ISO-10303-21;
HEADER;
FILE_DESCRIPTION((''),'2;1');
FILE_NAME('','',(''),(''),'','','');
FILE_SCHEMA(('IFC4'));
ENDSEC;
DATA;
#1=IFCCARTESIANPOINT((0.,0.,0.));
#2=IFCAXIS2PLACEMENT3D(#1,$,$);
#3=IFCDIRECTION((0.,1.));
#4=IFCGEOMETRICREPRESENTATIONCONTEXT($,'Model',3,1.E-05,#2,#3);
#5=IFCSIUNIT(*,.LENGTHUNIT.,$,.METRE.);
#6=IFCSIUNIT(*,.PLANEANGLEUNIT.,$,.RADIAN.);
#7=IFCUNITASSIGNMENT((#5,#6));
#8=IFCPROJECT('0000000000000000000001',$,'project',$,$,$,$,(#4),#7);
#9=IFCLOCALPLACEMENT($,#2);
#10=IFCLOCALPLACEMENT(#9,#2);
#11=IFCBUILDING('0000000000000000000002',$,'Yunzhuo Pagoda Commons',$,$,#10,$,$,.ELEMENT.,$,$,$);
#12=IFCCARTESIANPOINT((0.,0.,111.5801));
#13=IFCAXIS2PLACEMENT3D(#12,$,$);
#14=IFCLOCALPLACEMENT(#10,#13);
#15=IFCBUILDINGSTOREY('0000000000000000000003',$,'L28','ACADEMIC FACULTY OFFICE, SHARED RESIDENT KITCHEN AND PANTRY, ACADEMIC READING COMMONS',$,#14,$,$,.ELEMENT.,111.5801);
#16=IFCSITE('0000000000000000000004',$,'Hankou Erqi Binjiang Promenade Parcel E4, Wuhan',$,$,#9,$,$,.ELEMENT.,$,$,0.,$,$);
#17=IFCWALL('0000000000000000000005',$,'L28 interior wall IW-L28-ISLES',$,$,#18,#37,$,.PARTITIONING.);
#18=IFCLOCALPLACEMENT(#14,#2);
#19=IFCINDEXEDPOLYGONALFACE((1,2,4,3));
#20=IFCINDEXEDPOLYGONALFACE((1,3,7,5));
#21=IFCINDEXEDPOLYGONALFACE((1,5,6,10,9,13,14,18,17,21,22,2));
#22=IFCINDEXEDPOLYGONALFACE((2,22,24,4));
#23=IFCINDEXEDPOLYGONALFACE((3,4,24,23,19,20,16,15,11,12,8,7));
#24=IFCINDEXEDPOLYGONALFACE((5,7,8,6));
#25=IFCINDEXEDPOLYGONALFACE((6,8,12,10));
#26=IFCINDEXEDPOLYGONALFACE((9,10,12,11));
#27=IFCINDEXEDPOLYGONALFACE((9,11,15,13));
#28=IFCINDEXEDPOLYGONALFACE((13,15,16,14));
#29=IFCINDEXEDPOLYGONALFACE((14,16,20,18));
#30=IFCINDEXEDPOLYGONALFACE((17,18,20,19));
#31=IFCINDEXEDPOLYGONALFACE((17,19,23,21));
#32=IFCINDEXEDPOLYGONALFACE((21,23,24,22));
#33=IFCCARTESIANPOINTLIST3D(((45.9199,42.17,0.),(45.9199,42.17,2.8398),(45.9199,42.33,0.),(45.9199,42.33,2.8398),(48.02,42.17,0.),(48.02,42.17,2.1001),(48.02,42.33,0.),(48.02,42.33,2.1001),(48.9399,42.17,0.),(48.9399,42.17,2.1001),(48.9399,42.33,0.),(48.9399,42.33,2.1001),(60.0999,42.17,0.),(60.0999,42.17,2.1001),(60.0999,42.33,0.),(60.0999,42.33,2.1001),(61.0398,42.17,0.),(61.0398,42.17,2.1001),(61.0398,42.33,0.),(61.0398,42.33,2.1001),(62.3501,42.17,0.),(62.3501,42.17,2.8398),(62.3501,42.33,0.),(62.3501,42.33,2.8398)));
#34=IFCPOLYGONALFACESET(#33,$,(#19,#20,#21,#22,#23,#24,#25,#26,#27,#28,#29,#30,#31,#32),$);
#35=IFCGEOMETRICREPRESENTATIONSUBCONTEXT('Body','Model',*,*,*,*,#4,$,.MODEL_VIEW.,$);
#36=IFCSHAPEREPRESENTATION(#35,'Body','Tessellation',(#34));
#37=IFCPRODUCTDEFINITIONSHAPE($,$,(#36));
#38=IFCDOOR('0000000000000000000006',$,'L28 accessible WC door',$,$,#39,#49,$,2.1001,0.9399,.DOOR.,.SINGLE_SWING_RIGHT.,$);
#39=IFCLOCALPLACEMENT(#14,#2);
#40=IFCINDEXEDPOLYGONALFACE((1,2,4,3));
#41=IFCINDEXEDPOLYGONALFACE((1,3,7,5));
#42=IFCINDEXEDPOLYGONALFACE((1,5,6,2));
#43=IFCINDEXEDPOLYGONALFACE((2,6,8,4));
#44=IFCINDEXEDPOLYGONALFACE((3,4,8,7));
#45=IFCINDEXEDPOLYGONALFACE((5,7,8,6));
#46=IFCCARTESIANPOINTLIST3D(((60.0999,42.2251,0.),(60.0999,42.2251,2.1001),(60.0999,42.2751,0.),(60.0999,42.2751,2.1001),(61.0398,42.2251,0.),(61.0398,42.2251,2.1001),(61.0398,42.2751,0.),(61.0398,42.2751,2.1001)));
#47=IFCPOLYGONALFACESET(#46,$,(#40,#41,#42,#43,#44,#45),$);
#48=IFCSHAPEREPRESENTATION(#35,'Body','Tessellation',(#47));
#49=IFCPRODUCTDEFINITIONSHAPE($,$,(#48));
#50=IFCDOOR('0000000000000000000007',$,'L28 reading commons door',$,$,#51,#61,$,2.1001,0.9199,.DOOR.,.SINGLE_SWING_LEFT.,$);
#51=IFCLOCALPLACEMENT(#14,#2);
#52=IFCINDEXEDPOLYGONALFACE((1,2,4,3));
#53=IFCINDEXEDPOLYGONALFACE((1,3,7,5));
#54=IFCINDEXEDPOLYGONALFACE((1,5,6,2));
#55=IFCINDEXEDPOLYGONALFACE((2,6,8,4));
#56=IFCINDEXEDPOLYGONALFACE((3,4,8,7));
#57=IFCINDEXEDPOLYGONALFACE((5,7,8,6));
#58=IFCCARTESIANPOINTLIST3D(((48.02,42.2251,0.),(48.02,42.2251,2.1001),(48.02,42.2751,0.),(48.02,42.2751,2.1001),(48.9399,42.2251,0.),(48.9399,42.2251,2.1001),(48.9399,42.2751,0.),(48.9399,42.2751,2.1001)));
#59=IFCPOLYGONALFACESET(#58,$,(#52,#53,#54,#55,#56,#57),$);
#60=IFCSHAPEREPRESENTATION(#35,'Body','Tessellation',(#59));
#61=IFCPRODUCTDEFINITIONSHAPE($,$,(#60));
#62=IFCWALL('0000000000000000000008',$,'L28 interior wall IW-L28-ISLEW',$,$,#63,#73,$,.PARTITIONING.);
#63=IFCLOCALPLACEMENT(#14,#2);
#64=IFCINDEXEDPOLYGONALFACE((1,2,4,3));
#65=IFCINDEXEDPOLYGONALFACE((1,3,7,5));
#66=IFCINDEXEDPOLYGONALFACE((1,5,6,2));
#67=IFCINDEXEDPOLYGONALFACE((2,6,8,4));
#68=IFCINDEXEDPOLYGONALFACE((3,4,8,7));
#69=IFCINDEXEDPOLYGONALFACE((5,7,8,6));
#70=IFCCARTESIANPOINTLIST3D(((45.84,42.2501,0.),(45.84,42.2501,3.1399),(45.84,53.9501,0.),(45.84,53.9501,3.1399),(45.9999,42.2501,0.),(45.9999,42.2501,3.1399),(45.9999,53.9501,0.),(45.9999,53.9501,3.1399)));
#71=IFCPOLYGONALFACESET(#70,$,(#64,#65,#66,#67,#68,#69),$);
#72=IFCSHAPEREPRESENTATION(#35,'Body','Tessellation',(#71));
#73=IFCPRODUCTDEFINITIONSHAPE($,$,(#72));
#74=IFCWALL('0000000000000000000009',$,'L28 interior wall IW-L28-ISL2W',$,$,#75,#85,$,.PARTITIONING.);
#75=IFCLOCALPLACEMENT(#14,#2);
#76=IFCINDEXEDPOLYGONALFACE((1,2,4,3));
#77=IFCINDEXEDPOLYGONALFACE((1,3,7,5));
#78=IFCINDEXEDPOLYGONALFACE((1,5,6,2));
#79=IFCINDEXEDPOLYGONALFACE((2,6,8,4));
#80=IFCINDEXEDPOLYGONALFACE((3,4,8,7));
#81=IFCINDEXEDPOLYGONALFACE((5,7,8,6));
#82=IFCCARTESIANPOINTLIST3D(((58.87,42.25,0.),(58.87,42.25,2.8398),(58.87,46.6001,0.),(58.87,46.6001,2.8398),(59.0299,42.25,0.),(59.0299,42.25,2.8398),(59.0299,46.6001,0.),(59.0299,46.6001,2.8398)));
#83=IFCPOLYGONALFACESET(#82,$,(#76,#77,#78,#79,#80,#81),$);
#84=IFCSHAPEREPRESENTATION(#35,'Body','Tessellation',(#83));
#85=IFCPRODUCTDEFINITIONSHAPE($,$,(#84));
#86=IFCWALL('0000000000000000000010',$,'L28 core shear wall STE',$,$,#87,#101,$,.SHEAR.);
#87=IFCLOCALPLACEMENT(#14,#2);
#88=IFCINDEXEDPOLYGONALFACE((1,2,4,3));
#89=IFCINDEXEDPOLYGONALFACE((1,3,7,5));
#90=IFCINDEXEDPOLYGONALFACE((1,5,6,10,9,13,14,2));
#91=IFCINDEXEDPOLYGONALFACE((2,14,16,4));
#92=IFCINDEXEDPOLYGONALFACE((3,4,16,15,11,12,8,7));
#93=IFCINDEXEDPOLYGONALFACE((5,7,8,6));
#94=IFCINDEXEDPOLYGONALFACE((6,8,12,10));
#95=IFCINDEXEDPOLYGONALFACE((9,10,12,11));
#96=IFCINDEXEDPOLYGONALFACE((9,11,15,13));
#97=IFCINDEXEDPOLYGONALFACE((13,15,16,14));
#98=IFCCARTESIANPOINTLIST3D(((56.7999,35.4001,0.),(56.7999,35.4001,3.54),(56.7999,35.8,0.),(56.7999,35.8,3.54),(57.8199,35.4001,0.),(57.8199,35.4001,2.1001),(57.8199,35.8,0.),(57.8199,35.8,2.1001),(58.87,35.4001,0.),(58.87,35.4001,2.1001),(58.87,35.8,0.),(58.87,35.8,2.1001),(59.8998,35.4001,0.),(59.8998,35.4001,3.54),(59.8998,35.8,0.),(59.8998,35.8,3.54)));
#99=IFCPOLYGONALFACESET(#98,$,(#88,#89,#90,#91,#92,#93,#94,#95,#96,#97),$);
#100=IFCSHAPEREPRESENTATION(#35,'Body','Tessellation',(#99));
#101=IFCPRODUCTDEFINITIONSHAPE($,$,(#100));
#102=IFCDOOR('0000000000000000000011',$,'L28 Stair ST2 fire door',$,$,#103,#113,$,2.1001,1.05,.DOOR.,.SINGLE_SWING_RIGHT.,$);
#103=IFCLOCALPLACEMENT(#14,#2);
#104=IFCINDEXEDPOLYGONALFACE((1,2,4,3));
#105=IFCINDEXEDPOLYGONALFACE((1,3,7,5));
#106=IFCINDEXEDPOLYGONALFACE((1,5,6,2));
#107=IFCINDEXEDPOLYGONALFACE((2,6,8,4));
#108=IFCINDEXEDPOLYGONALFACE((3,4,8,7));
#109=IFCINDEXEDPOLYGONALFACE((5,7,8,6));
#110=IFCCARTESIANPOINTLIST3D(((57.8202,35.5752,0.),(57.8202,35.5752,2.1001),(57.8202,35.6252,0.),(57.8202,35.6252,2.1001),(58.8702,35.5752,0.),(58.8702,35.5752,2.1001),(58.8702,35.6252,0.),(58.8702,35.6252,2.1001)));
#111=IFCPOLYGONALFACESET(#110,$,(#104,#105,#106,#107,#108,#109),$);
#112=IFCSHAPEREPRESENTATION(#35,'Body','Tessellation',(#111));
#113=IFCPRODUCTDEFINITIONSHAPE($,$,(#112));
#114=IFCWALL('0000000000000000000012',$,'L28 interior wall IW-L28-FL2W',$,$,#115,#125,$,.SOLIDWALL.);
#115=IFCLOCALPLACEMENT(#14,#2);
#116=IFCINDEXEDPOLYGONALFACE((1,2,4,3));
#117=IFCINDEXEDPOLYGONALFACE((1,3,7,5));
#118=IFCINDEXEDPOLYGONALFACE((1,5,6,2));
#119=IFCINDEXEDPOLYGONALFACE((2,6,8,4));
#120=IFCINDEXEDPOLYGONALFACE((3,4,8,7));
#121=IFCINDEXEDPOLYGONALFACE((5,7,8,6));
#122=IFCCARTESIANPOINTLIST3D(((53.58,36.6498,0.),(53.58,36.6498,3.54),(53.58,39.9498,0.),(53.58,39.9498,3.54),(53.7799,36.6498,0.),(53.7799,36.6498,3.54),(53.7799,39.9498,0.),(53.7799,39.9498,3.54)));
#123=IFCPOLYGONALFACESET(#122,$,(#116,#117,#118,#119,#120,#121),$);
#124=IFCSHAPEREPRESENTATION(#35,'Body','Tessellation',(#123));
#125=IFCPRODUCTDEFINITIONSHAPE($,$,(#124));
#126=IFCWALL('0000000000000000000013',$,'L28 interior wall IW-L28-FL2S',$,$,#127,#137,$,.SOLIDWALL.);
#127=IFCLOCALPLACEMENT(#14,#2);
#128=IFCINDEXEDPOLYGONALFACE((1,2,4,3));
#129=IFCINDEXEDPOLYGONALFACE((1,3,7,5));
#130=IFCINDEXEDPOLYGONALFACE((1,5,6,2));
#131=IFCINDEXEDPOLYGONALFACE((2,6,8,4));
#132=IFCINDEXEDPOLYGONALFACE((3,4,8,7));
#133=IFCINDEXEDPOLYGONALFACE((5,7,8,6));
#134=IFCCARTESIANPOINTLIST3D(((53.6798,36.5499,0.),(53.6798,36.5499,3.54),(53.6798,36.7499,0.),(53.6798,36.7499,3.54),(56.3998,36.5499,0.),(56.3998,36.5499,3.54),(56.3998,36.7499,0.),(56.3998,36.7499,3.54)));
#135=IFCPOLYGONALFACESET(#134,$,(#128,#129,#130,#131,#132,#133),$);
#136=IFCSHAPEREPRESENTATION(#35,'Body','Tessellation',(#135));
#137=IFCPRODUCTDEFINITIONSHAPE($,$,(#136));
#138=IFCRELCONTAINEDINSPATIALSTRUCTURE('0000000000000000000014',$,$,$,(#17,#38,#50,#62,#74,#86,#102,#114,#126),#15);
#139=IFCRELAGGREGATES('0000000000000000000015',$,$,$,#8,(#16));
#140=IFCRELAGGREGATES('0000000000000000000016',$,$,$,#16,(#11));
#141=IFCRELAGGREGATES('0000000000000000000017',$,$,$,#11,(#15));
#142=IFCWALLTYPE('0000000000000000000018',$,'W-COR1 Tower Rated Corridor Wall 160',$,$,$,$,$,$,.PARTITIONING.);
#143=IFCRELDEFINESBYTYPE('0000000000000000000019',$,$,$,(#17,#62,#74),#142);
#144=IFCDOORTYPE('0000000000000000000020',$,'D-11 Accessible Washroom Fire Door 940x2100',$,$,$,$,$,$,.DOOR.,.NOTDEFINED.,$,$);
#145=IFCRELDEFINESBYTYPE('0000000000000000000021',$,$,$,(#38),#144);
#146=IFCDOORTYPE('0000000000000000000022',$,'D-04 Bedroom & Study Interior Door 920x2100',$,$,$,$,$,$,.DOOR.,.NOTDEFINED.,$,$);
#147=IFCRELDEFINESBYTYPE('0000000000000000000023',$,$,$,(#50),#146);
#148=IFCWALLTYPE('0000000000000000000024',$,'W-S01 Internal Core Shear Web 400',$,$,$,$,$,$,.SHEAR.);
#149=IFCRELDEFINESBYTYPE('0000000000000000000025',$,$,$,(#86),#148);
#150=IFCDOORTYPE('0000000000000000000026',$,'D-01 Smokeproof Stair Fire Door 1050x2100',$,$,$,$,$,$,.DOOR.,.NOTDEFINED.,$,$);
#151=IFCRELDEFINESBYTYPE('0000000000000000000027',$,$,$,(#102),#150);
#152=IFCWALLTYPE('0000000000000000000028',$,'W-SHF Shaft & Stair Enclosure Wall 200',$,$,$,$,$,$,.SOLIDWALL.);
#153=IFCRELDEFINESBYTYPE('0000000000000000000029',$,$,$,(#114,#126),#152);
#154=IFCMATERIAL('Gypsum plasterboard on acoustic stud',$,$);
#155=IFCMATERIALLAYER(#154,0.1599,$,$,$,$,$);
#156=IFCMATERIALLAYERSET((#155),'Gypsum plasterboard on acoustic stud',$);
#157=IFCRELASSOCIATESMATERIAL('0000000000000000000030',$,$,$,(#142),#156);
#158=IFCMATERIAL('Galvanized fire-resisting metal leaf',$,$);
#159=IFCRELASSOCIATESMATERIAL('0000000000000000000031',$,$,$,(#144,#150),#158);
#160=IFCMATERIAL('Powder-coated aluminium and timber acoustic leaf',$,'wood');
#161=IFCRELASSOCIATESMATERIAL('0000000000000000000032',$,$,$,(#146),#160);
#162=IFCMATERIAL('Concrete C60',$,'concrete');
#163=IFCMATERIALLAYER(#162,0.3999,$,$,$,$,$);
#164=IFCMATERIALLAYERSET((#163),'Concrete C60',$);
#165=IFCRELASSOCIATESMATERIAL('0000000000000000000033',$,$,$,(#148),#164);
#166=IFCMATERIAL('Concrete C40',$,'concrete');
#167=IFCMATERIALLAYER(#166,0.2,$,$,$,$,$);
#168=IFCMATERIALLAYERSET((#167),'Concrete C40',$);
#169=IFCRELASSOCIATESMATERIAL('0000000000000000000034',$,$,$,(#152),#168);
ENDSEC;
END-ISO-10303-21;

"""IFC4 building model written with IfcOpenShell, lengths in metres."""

from ifc_helpers import new_model, si_unit, direction, frame, frame_2d, origin, place, context, subcontext, project, spatial, rectangle, extrude, source, transform, mapped, material, layer, layer_set, type_object, element, fill, save


model = new_model("IFC4")

# Units and contexts
model_context = context("Model", 3, precision=1e-05, world=origin(), true_north=direction((0.0, 1.0)))
body_context = subcontext(model_context, "Body", "Model", "MODEL_VIEW")
ifc_project = project(units=[si_unit("LENGTHUNIT", "METRE"), si_unit("PLANEANGLEUNIT", "RADIAN")], contexts=[model_context])

# Site, building, storey
site_placement = place(None, origin())
site = spatial("IfcSite", under=ifc_project, at=site_placement, Name="Hankou Erqi Binjiang Promenade Parcel E4, Wuhan", CompositionType="ELEMENT", RefElevation=0.0)
building_placement = place(site_placement, origin())
building = spatial("IfcBuilding", under=site, at=building_placement, Name="Yunzhuo Pagoda Commons", CompositionType="ELEMENT")
storey_placement = place(building_placement, frame((0.0, 0.0, 111.5801)))
storey = spatial("IfcBuildingStorey", under=building, at=storey_placement, Name="L28", Description="ACADEMIC FACULTY OFFICE, SHARED RESIDENT KITCHEN AND PANTRY, ACADEMIC READING COMMONS", CompositionType="ELEMENT", Elevation=111.5801)

# Shared definitions
ifc_material_1 = material(Name="Concrete C60", Category="concrete")
ifc_material_2 = material(Name="Galvanized fire-resisting metal leaf")
shared_shape_1 = source(origin(), body_context, "Body", "SweptSolid", [
    extrude(rectangle(XDim=1.05, YDim=2.1001, at=frame_2d((0.5249, 1.05))), frame((0.0, 0.0249, 0.0), z_axis=(0.0, -1.0, 0.0), x_axis=(1.0, 0.0, 0.0)), (0.0, 0.0, 1.0), 0.05),
])

# Wall, openings, doors
ifc_material_3 = material(Name="Gypsum plasterboard on acoustic stud")
ifc_layer_1 = layer(ifc_material_3, 0.1599)
ifc_layer_set_1 = layer_set([ifc_layer_1], Name="Gypsum plasterboard on acoustic stud")
wall_type_1 = type_object("IfcWallType", Name="W-COR1 Tower Rated Corridor Wall 160", PredefinedType="PARTITIONING", material=ifc_layer_set_1)
wall_1_placement = place(storey_placement, frame((45.9199, 42.25, 0.0), z_axis=(0.0, 0.0, 1.0), x_axis=(1.0, 0.0, 0.0)))
wall_1 = element("IfcWall", 1, at=wall_1_placement, inside=storey, type_object=wall_type_1, Name="L28 interior wall IW-L28-ISLES", PredefinedType="PARTITIONING", context=body_context, shape_type="SweptSolid", body=[
    extrude(rectangle(XDim=16.4302, YDim=0.1599, at=frame_2d((8.2151, 0.0))), origin(), (0.0, 0.0, 1.0), 2.8398),
])
opening_1_placement = place(wall_1_placement, frame((2.1001, 0.0, 0.0)))
opening_1 = element("IfcOpeningElement", 2, at=opening_1_placement, cuts=wall_1, PredefinedType="OPENING", context=body_context, shape_type="SweptSolid", body=[
    extrude(rectangle(XDim=0.9199, YDim=2.1001, at=frame_2d((0.46, 1.05))), frame((0.0, 0.0898, 0.0), z_axis=(0.0, -1.0, 0.0), x_axis=(1.0, 0.0, 0.0)), (0.0, 0.0, 1.0), 0.1799),
])
opening_2_placement = place(wall_1_placement, frame((14.1799, 0.0, 0.0)))
opening_2 = element("IfcOpeningElement", 3, at=opening_2_placement, cuts=wall_1, PredefinedType="OPENING", context=body_context, shape_type="SweptSolid", body=[
    extrude(rectangle(XDim=0.9399, YDim=2.1001, at=frame_2d((0.47, 1.05))), frame((0.0, 0.0898, 0.0), z_axis=(0.0, -1.0, 0.0), x_axis=(1.0, 0.0, 0.0)), (0.0, 0.0, 1.0), 0.1799),
])
door_type_1 = type_object("IfcDoorType", Name="D-11 Accessible Washroom Fire Door 940x2100", OperationType="NOTDEFINED", PredefinedType="DOOR", material=ifc_material_2)
shared_shape_2 = source(origin(), body_context, "Body", "SweptSolid", [
    extrude(rectangle(XDim=0.9399, YDim=2.1001, at=frame_2d((0.47, 1.05))), frame((0.0, 0.0249, 0.0), z_axis=(0.0, -1.0, 0.0), x_axis=(1.0, 0.0, 0.0)), (0.0, 0.0, 1.0), 0.05),
])
door_1_placement = place(opening_2_placement, frame((0.9399, 0.0, 0.0), z_axis=(0.0, 0.0, 1.0), x_axis=(-1.0, 0.0, 0.0)))
door_1 = element("IfcDoor", 4, at=door_1_placement, inside=storey, type_object=door_type_1, Name="L28 accessible WC door", OperationType="SINGLE_SWING_RIGHT", OverallHeight=2.1001, OverallWidth=0.9399, PredefinedType="DOOR", context=body_context, shape_type="MappedRepresentation", body=[
    mapped(shared_shape_2, transform((0.0, 0.0, 0.0), scale=1.0)),
])
fill(opening_2, door_1)
ifc_material_4 = material(Name="Powder-coated aluminium and timber acoustic leaf", Category="wood")
door_type_2 = type_object("IfcDoorType", Name="D-04 Bedroom & Study Interior Door 920x2100", OperationType="NOTDEFINED", PredefinedType="DOOR", material=ifc_material_4)
shared_shape_3 = source(origin(), body_context, "Body", "SweptSolid", [
    extrude(rectangle(XDim=0.9199, YDim=2.1001, at=frame_2d((0.46, 1.05))), frame((0.0, 0.0249, 0.0), z_axis=(0.0, -1.0, 0.0), x_axis=(1.0, 0.0, 0.0)), (0.0, 0.0, 1.0), 0.05),
])
door_2_placement = place(opening_1_placement, frame((0.9199, 0.0, 0.0), z_axis=(0.0, 0.0, 1.0), x_axis=(-1.0, 0.0, 0.0)))
door_2 = element("IfcDoor", 5, at=door_2_placement, inside=storey, type_object=door_type_2, Name="L28 reading commons door", OperationType="SINGLE_SWING_LEFT", OverallHeight=2.1001, OverallWidth=0.9199, PredefinedType="DOOR", context=body_context, shape_type="MappedRepresentation", body=[
    mapped(shared_shape_3, transform((0.0, 0.0, 0.0), scale=1.0)),
])
fill(opening_1, door_2)

# Walls
wall_2_placement = place(storey_placement, frame((45.9199, 42.25, 0.0), z_axis=(0.0, 0.0, 1.0), x_axis=(0.0, 1.0, 0.0)))
element("IfcWall", 6, at=wall_2_placement, inside=storey, type_object=wall_type_1, Name="L28 interior wall IW-L28-ISLEW", PredefinedType="PARTITIONING", context=body_context, shape_type="SweptSolid", body=[
    extrude(rectangle(XDim=11.7, YDim=0.1599, at=frame_2d((5.8501, 0.0))), origin(), (0.0, 0.0, 1.0), 3.1399),
])
wall_3_placement = place(storey_placement, frame((58.95, 42.25, 0.0), z_axis=(0.0, 0.0, 1.0), x_axis=(0.0, 1.0, 0.0)))
element("IfcWall", 7, at=wall_3_placement, inside=storey, type_object=wall_type_1, Name="L28 interior wall IW-L28-ISL2W", PredefinedType="PARTITIONING", context=body_context, shape_type="SweptSolid", body=[
    extrude(rectangle(XDim=4.3501, YDim=0.1599, at=frame_2d((2.175, 0.0))), origin(), (0.0, 0.0, 1.0), 2.8398),
])

# Wall, opening, door
ifc_layer_2 = layer(ifc_material_1, 0.3999)
ifc_layer_set_2 = layer_set([ifc_layer_2], Name="Concrete C60")
wall_type_2 = type_object("IfcWallType", Name="W-S01 Internal Core Shear Web 400", PredefinedType="SHEAR", material=ifc_layer_set_2)
wall_4_placement = place(storey_placement, frame((56.8, 35.6001, 0.0), z_axis=(0.0, 0.0, 1.0), x_axis=(1.0, 0.0, 0.0)))
wall_4 = element("IfcWall", 8, at=wall_4_placement, inside=storey, type_object=wall_type_2, Name="L28 core shear wall STE", PredefinedType="SHEAR", context=body_context, shape_type="SweptSolid", body=[
    extrude(rectangle(XDim=3.0999, YDim=0.3999, at=frame_2d((1.5498, 0.0))), origin(), (0.0, 0.0, 1.0), 3.54),
])
opening_3_placement = place(wall_4_placement, frame((1.02, 0.0, 0.0)))
opening_3 = element("IfcOpeningElement", 9, at=opening_3_placement, cuts=wall_4, PredefinedType="OPENING", context=body_context, shape_type="SweptSolid", body=[
    extrude(rectangle(XDim=1.05, YDim=2.1001, at=frame_2d((0.5249, 1.05))), frame((0.0, 0.21, 0.0), z_axis=(0.0, -1.0, 0.0), x_axis=(1.0, 0.0, 0.0)), (0.0, 0.0, 1.0), 0.4199),
])
door_type_3 = type_object("IfcDoorType", Name="D-01 Smokeproof Stair Fire Door 1050x2100", OperationType="NOTDEFINED", PredefinedType="DOOR", material=ifc_material_2)
door_3_placement = place(opening_3_placement, frame((1.05, 0.0, 0.0), z_axis=(0.0, 0.0, 1.0), x_axis=(-1.0, 0.0, 0.0)))
door_3 = element("IfcDoor", 10, at=door_3_placement, inside=storey, type_object=door_type_3, Name="L28 Stair ST2 fire door", OperationType="SINGLE_SWING_RIGHT", OverallHeight=2.1001, OverallWidth=1.05, PredefinedType="DOOR", context=body_context, shape_type="MappedRepresentation", body=[
    mapped(shared_shape_1, transform((0.0, 0.0, 0.0), scale=1.0)),
])
fill(opening_3, door_3)

# Walls
ifc_material_5 = material(Name="Concrete C40", Category="concrete")
ifc_layer_3 = layer(ifc_material_5, 0.2)
ifc_layer_set_3 = layer_set([ifc_layer_3], Name="Concrete C40")
wall_type_3 = type_object("IfcWallType", Name="W-SHF Shaft & Stair Enclosure Wall 200", PredefinedType="SOLIDWALL", material=ifc_layer_set_3)
wall_5_placement = place(storey_placement, frame((53.6799, 36.6499, 0.0), z_axis=(0.0, 0.0, 1.0), x_axis=(0.0, 1.0, 0.0)))
element("IfcWall", 11, at=wall_5_placement, inside=storey, type_object=wall_type_3, Name="L28 interior wall IW-L28-FL2W", PredefinedType="SOLIDWALL", context=body_context, shape_type="SweptSolid", body=[
    extrude(rectangle(XDim=3.3, YDim=0.2, at=frame_2d((1.6499, 0.0))), origin(), (0.0, 0.0, 1.0), 3.54),
])
wall_6_placement = place(storey_placement, frame((53.6799, 36.6499, 0.0), z_axis=(0.0, 0.0, 1.0), x_axis=(1.0, 0.0, 0.0)))
element("IfcWall", 12, at=wall_6_placement, inside=storey, type_object=wall_type_3, Name="L28 interior wall IW-L28-FL2S", PredefinedType="SOLIDWALL", context=body_context, shape_type="SweptSolid", body=[
    extrude(rectangle(XDim=2.72, YDim=0.2, at=frame_2d((1.3599, 0.0))), origin(), (0.0, 0.0, 1.0), 3.54),
])

save(model, "model.ifc")
